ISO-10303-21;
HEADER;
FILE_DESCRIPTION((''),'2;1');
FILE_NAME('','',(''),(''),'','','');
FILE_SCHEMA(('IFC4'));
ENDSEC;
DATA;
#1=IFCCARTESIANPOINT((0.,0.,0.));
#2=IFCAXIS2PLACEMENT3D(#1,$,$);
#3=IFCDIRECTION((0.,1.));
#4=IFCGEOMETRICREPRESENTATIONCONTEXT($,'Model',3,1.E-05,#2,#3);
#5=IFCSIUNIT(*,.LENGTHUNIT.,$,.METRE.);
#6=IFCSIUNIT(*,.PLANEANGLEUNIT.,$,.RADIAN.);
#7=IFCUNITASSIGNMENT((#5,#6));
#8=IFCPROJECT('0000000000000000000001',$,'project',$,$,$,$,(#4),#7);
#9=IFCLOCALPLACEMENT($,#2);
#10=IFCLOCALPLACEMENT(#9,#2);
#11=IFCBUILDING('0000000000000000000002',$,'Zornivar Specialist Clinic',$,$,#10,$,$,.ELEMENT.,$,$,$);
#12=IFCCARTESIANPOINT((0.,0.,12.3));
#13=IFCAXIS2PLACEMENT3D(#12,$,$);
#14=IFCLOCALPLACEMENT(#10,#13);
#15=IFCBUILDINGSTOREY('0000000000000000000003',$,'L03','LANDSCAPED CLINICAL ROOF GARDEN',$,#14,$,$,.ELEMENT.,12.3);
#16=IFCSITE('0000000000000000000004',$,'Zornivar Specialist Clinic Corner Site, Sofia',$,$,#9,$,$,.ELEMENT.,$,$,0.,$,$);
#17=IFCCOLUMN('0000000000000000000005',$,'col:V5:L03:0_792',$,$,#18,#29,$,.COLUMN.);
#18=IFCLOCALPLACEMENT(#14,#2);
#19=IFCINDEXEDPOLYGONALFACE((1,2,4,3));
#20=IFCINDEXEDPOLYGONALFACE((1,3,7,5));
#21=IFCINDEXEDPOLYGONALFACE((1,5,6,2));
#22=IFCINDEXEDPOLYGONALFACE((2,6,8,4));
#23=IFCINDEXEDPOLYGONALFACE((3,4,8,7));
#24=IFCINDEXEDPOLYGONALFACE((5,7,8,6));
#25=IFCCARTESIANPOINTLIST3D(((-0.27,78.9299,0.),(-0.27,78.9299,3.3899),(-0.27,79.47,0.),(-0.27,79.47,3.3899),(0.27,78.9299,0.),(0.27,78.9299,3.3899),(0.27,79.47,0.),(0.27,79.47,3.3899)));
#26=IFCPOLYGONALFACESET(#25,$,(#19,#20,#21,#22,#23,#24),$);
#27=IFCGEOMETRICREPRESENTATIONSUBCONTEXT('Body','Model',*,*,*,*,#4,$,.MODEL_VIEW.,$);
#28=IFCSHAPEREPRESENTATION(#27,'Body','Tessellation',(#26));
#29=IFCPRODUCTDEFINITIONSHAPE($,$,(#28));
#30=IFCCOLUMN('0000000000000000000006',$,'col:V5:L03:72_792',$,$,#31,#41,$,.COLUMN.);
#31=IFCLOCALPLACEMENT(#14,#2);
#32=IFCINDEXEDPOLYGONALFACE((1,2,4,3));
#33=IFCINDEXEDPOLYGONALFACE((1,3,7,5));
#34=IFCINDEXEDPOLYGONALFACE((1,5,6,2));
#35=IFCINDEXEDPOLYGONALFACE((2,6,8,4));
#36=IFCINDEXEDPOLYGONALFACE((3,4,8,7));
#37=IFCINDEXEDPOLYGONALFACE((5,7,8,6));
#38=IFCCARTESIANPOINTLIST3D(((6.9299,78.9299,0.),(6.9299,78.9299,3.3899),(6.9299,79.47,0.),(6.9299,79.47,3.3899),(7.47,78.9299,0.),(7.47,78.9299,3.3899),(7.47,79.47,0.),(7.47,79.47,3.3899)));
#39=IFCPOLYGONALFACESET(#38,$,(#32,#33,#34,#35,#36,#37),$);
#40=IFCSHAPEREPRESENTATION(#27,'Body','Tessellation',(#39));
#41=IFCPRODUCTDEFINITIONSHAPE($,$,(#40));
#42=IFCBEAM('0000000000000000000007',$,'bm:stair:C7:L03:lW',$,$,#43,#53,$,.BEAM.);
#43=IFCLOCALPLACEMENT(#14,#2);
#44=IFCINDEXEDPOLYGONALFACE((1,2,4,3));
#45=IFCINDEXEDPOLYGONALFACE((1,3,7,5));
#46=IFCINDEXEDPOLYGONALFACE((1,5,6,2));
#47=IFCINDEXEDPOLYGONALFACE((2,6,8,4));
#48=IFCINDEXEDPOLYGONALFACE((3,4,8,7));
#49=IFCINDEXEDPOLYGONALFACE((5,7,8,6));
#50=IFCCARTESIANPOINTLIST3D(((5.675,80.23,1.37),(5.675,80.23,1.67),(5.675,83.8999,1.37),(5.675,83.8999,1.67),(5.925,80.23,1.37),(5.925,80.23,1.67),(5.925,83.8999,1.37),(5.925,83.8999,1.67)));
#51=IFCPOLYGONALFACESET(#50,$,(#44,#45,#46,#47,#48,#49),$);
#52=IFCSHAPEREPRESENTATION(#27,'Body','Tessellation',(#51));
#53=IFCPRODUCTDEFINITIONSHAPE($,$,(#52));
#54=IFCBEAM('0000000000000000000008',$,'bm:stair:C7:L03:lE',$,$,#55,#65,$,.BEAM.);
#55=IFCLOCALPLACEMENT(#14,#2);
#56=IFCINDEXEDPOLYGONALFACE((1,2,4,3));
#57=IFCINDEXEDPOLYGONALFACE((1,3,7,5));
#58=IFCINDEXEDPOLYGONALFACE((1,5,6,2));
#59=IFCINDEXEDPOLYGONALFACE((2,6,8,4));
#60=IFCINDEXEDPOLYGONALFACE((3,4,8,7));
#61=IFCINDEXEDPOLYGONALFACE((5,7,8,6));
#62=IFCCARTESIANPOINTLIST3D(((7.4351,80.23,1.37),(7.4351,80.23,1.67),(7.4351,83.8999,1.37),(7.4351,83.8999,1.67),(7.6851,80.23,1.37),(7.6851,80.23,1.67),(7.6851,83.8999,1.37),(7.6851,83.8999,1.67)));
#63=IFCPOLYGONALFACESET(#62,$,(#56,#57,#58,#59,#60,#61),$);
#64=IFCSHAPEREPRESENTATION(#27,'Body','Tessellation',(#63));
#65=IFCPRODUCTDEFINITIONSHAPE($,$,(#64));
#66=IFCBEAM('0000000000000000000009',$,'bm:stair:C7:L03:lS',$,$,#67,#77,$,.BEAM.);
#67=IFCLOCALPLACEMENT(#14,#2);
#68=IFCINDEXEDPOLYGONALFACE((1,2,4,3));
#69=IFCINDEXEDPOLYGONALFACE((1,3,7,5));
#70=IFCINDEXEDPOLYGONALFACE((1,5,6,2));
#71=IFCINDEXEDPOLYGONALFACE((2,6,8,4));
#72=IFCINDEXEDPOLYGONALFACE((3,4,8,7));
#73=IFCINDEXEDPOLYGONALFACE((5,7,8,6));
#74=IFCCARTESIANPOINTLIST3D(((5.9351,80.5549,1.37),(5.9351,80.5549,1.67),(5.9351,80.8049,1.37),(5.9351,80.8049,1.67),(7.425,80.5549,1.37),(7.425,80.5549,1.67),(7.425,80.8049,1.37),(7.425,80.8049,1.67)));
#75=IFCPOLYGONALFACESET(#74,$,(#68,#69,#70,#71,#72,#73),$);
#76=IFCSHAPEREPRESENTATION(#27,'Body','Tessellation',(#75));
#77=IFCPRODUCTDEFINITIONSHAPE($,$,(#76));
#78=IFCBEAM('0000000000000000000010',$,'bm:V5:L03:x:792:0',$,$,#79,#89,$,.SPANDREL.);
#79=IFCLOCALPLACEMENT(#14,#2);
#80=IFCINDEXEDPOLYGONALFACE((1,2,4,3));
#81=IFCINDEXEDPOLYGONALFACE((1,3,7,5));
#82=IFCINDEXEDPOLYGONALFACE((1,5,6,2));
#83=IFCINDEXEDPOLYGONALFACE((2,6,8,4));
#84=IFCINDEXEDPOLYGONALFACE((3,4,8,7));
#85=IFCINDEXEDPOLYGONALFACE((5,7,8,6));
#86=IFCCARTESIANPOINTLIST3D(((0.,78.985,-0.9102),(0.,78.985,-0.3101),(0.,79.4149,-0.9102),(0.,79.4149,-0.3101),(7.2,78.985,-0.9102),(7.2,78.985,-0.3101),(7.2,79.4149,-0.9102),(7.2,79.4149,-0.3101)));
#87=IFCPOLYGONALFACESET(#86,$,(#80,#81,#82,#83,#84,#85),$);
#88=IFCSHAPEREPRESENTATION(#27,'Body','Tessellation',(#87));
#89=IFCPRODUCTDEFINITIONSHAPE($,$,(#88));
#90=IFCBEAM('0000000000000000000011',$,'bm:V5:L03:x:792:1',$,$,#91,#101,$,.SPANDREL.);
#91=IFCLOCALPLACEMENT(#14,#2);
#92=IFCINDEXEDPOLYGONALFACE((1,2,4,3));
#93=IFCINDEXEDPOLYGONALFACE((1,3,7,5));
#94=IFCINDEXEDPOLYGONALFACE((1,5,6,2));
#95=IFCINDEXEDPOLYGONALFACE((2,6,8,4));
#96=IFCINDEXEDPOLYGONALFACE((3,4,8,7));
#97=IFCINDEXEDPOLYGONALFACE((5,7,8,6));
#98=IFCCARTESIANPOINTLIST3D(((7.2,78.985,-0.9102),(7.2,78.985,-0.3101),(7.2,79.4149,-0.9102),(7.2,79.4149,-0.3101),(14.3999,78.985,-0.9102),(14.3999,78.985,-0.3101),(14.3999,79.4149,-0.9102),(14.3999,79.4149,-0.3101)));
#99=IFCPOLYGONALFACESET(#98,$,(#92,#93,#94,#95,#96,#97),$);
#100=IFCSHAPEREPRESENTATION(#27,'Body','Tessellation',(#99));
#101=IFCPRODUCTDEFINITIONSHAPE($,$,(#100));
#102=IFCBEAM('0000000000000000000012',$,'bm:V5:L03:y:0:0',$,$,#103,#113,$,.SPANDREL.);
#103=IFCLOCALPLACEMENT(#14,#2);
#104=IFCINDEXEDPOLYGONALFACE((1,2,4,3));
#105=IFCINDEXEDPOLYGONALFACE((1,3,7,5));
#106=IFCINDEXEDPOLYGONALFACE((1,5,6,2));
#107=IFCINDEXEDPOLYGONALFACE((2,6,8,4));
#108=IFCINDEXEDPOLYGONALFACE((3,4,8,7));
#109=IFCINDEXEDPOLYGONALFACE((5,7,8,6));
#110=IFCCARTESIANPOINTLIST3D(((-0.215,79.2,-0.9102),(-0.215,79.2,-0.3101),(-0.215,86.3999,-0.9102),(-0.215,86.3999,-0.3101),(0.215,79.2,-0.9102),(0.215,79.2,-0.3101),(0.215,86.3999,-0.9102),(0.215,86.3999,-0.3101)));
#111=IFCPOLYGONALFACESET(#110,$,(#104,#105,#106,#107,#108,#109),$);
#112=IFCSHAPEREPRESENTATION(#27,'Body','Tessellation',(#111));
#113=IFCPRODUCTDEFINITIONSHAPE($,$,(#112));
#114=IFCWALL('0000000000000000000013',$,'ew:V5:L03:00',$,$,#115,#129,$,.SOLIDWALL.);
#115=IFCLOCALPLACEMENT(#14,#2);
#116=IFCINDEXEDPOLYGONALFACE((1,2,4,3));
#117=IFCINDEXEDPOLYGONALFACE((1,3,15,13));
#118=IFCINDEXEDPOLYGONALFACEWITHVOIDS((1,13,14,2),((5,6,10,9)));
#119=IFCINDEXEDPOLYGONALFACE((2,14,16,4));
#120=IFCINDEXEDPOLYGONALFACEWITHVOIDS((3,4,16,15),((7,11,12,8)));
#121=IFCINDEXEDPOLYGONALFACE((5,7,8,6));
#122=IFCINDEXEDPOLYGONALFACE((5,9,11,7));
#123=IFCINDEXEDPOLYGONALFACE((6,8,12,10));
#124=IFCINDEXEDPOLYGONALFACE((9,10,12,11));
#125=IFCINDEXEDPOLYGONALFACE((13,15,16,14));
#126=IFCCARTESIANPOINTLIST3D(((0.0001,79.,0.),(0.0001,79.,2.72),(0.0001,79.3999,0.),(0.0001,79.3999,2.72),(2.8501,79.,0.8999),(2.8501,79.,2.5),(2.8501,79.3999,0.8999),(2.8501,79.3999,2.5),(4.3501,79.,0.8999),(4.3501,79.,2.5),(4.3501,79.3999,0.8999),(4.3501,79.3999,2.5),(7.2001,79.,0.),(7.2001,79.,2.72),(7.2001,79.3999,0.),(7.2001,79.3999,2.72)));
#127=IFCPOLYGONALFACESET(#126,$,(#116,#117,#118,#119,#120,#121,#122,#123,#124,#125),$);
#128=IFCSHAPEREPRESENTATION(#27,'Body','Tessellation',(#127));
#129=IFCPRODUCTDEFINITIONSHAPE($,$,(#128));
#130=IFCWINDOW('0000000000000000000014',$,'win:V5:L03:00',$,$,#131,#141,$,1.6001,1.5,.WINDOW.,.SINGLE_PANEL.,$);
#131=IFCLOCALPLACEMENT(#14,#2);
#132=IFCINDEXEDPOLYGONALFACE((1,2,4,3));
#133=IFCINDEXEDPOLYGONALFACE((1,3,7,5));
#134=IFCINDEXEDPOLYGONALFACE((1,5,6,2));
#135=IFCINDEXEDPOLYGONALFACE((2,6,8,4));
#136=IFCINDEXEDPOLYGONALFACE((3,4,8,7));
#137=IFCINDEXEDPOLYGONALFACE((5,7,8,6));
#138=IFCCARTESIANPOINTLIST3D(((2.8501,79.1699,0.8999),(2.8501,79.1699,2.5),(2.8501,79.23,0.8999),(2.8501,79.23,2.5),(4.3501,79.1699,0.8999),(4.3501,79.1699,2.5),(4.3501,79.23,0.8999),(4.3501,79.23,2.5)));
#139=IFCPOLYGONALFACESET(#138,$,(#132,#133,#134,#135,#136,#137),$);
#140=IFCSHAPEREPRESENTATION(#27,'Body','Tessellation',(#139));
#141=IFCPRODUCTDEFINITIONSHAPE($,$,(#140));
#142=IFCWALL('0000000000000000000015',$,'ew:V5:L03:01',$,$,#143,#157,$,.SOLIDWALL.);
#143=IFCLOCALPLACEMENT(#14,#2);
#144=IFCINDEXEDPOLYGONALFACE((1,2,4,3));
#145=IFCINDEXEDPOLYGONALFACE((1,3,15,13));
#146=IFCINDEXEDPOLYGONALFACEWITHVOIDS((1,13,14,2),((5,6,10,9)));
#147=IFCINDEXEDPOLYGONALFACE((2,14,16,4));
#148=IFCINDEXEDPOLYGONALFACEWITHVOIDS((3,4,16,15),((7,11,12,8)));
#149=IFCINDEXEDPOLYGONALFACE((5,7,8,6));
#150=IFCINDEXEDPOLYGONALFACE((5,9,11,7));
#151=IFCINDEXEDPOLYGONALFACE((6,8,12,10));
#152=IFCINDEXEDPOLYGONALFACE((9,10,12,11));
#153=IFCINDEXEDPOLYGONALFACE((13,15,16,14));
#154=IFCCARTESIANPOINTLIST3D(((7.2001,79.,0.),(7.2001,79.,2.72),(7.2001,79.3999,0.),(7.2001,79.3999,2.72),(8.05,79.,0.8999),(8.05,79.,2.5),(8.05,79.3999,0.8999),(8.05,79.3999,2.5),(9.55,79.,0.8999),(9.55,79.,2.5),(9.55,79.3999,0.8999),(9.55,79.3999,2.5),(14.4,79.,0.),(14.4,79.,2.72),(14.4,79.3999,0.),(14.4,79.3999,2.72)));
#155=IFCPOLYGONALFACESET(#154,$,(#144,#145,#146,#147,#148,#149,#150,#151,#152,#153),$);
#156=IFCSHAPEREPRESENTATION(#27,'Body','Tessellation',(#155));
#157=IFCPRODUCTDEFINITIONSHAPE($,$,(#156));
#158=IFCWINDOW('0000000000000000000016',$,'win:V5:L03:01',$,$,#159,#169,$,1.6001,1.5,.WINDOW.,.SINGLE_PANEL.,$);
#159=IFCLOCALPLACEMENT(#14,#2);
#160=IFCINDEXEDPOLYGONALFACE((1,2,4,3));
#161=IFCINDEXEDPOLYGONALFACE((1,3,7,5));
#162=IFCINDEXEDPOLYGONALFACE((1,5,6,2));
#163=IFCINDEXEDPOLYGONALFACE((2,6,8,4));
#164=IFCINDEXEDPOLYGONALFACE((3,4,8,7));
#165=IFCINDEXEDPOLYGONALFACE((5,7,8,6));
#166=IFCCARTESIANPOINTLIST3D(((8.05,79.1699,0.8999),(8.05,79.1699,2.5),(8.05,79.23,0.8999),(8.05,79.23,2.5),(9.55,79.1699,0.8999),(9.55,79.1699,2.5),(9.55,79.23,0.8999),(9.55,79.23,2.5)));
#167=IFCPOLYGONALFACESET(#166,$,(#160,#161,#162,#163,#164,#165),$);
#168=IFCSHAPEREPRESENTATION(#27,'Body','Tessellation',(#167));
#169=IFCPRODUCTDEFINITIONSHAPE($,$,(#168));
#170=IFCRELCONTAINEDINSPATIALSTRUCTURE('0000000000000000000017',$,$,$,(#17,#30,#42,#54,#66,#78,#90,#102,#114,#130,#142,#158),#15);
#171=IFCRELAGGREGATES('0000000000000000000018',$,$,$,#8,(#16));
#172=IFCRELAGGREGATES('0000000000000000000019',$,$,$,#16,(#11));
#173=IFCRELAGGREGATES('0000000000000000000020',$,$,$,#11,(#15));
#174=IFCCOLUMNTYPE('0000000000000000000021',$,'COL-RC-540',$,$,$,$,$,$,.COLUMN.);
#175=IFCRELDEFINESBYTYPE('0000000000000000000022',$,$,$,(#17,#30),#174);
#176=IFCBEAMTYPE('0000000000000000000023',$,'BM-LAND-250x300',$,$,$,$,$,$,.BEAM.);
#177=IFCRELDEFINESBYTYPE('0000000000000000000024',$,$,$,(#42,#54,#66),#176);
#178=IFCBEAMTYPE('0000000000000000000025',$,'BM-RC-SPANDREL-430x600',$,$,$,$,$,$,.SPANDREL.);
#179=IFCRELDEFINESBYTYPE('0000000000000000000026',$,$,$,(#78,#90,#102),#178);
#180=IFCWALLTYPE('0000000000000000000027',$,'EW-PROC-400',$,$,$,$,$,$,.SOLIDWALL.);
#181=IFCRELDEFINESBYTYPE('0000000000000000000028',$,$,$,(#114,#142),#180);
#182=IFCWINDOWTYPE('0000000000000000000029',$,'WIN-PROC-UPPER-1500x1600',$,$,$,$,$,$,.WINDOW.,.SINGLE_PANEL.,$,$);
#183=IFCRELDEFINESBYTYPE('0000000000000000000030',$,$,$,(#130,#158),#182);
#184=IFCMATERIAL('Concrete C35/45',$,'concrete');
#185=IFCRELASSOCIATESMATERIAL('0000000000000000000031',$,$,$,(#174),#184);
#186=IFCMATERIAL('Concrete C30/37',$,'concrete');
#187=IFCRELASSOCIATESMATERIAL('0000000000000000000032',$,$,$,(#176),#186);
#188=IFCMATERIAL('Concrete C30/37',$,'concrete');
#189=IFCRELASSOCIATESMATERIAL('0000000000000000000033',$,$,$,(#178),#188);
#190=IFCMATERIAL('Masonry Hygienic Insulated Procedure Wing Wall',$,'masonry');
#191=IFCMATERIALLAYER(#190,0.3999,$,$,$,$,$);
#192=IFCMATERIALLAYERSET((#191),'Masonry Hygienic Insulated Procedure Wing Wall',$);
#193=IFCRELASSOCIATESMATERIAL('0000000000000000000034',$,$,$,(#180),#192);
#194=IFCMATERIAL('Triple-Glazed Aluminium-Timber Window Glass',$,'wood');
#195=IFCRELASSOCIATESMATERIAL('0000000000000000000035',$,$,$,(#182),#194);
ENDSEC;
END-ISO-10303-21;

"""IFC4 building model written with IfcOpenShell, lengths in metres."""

from ifc_helpers import new_model, si_unit, direction, frame, frame_2d, origin, origin_2d, place, context, subcontext, project, spatial, rectangle, extrude, material, layer, layer_set, material_profile, profile_set, type_object, element, fill, save


model = new_model("IFC4")

# Units and contexts
model_context = context("Model", 3, precision=1e-05, world=origin(), true_north=direction((0.0, 1.0)))
body_context = subcontext(model_context, "Body", "Model", "MODEL_VIEW")
ifc_project = project(units=[si_unit("LENGTHUNIT", "METRE"), si_unit("PLANEANGLEUNIT", "RADIAN")], contexts=[model_context])

# Site, building, storey
site_placement = place(None, origin())
site = spatial("IfcSite", under=ifc_project, at=site_placement, Name="Zornivar Specialist Clinic Corner Site, Sofia", CompositionType="ELEMENT", RefElevation=0.0)
building_placement = place(site_placement, origin())
building = spatial("IfcBuilding", under=site, at=building_placement, Name="Zornivar Specialist Clinic", CompositionType="ELEMENT")
storey_placement = place(building_placement, frame((0.0, 0.0, 12.3)))
storey = spatial("IfcBuildingStorey", under=building, at=storey_placement, Name="L03", Description="LANDSCAPED CLINICAL ROOF GARDEN", CompositionType="ELEMENT", Elevation=12.3)

# Columns
ifc_material_1 = material(Name="Concrete C35/45", Category="concrete")
ifc_material_profile_1 = material_profile(ifc_material_1, rectangle(XDim=0.54, YDim=0.54, at=origin_2d()), Name="RC 540x540")
ifc_profile_set_1 = profile_set([ifc_material_profile_1], Name="Concrete C35/45")
column_type = type_object("IfcColumnType", Name="COL-RC-540", PredefinedType="COLUMN", material=ifc_profile_set_1)
for number, where, z_axis, x_axis, name in (
    (1, (0.0, 79.2, 0.0), (0.0, 0.0, 1.0), (1.0, 0.0, 0.0), "col:V5:L03:0_792"),
    (2, (7.2, 79.2, 0.0), (0.0, 0.0, 1.0), (1.0, 0.0, 0.0), "col:V5:L03:72_792"),
):
    element("IfcColumn", number, at=place(storey_placement, frame(where, z_axis=z_axis, x_axis=x_axis)), inside=storey, type_object=column_type, Name=name, PredefinedType="COLUMN", context=body_context, shape_type="SweptSolid", body=[
        extrude(rectangle(XDim=0.54, YDim=0.54, at=origin_2d()), origin(), (0.0, 0.0, 1.0), 3.3899),
    ])

# Beams
ifc_material_2 = material(Name="Concrete C30/37", Category="concrete")
ifc_material_profile_2 = material_profile(ifc_material_2, rectangle(XDim=0.25, YDim=0.3, at=origin_2d()), Name="RC 250x300")
ifc_profile_set_2 = profile_set([ifc_material_profile_2], Name="Concrete C30/37")
beam_type_1 = type_object("IfcBeamType", Name="BM-LAND-250x300", PredefinedType="BEAM", material=ifc_profile_set_2)
for number, where, z_axis, x_axis, name in (
    (3, (5.8, 80.23, 1.52), (0.0, 1.0, 0.0), (-1.0, 0.0, 0.0), "bm:stair:C7:L03:lW"),
    (4, (7.5601, 80.23, 1.52), (0.0, 1.0, 0.0), (-1.0, 0.0, 0.0), "bm:stair:C7:L03:lE"),
):
    element("IfcBeam", number, at=place(storey_placement, frame(where, z_axis=z_axis, x_axis=x_axis)), inside=storey, type_object=beam_type_1, Name=name, PredefinedType="BEAM", context=body_context, shape_type="SweptSolid", body=[
        extrude(rectangle(XDim=0.25, YDim=0.3, at=origin_2d()), origin(), (0.0, 0.0, 1.0), 3.6699),
    ])
beam_placement = place(storey_placement, frame((5.9351, 80.6799, 1.52), z_axis=(1.0, 0.0, 0.0), x_axis=(0.0, 1.0, 0.0)))
element("IfcBeam", 5, at=beam_placement, inside=storey, type_object=beam_type_1, Name="bm:stair:C7:L03:lS", PredefinedType="BEAM", context=body_context, shape_type="SweptSolid", body=[
    extrude(rectangle(XDim=0.25, YDim=0.3, at=origin_2d()), origin(), (0.0, 0.0, 1.0), 1.49),
])
ifc_material_3 = material(Name="Concrete C30/37", Category="concrete")
ifc_material_profile_3 = material_profile(ifc_material_3, rectangle(XDim=0.4299, YDim=0.6001, at=origin_2d()), Name="RC 430x600")
ifc_profile_set_3 = profile_set([ifc_material_profile_3], Name="Concrete C30/37")
beam_type_2 = type_object("IfcBeamType", Name="BM-RC-SPANDREL-430x600", PredefinedType="SPANDREL", material=ifc_profile_set_3)
for number, where, z_axis, x_axis, name in (
    (6, (0.0, 79.2, -0.6101), (1.0, 0.0, 0.0), (0.0, 1.0, 0.0), "bm:V5:L03:x:792:0"),
    (7, (7.2, 79.2, -0.6101), (1.0, 0.0, 0.0), (0.0, 1.0, 0.0), "bm:V5:L03:x:792:1"),
    (8, (0.0, 79.2, -0.6101), (0.0, 1.0, 0.0), (-1.0, 0.0, 0.0), "bm:V5:L03:y:0:0"),
):
    element("IfcBeam", number, at=place(storey_placement, frame(where, z_axis=z_axis, x_axis=x_axis)), inside=storey, type_object=beam_type_2, Name=name, PredefinedType="SPANDREL", context=body_context, shape_type="SweptSolid", body=[
        extrude(rectangle(XDim=0.4299, YDim=0.6001, at=origin_2d()), origin(), (0.0, 0.0, 1.0), 7.2),
    ])

# Walls, openings, windows
ifc_material_4 = material(Name="Masonry Hygienic Insulated Procedure Wing Wall", Category="masonry")
ifc_layer_1 = layer(ifc_material_4, 0.3999)
ifc_layer_set_1 = layer_set([ifc_layer_1], Name="Masonry Hygienic Insulated Procedure Wing Wall")
wall_type_1 = type_object("IfcWallType", Name="EW-PROC-400", PredefinedType="SOLIDWALL", material=ifc_layer_set_1)
wall_1_placement = place(storey_placement, frame((0.0, 79.2, 0.0), z_axis=(0.0, 0.0, 1.0), x_axis=(1.0, 0.0, 0.0)))
wall_1 = element("IfcWall", 9, at=wall_1_placement, inside=storey, type_object=wall_type_1, Name="ew:V5:L03:00", PredefinedType="SOLIDWALL", context=body_context, shape_type="SweptSolid", body=[
    extrude(rectangle(XDim=7.2, YDim=0.3999, at=frame_2d((3.6001, 0.0))), origin(), (0.0, 0.0, 1.0), 2.72),
])
opening_1_placement = place(wall_1_placement, frame((2.8501, 0.0, 0.8999)))
opening_1 = element("IfcOpeningElement", 10, at=opening_1_placement, cuts=wall_1, PredefinedType="OPENING", context=body_context, shape_type="SweptSolid", body=[
    extrude(rectangle(XDim=1.5, YDim=1.6001, at=frame_2d((0.75, 0.8))), frame((0.0, 0.21, 0.0), z_axis=(0.0, -1.0, 0.0), x_axis=(1.0, 0.0, 0.0)), (0.0, 0.0, 1.0), 0.4199),
])
ifc_material_5 = material(Name="Triple-Glazed Aluminium-Timber Window Glass", Category="wood")
window_type = type_object("IfcWindowType", Name="WIN-PROC-UPPER-1500x1600", PartitioningType="SINGLE_PANEL", PredefinedType="WINDOW", material=ifc_material_5)
window_1_placement = place(opening_1_placement, origin())
window_1 = element("IfcWindow", 11, at=window_1_placement, inside=storey, type_object=window_type, Name="win:V5:L03:00", OverallHeight=1.6001, OverallWidth=1.5, PartitioningType="SINGLE_PANEL", PredefinedType="WINDOW", context=body_context, shape_type="SweptSolid", body=[
    extrude(rectangle(XDim=1.5, YDim=1.6001, at=frame_2d((0.75, 0.8))), frame((0.0, 0.03, 0.0), z_axis=(0.0, -1.0, 0.0), x_axis=(1.0, 0.0, 0.0)), (0.0, 0.0, 1.0), 0.0601),
])
fill(opening_1, window_1)
wall_2_placement = place(storey_placement, frame((7.2, 79.2, 0.0), z_axis=(0.0, 0.0, 1.0), x_axis=(1.0, 0.0, 0.0)))
wall_2 = element("IfcWall", 12, at=wall_2_placement, inside=storey, type_object=wall_type_1, Name="ew:V5:L03:01", PredefinedType="SOLIDWALL", context=body_context, shape_type="SweptSolid", body=[
    extrude(rectangle(XDim=7.2, YDim=0.3999, at=frame_2d((3.6001, 0.0))), origin(), (0.0, 0.0, 1.0), 2.72),
])
opening_2_placement = place(wall_2_placement, frame((0.8501, 0.0, 0.8999)))
opening_2 = element("IfcOpeningElement", 13, at=opening_2_placement, cuts=wall_2, PredefinedType="OPENING", context=body_context, shape_type="SweptSolid", body=[
    extrude(rectangle(XDim=1.5, YDim=1.6001, at=frame_2d((0.75, 0.8))), frame((0.0, 0.21, 0.0), z_axis=(0.0, -1.0, 0.0), x_axis=(1.0, 0.0, 0.0)), (0.0, 0.0, 1.0), 0.4199),
])
window_2_placement = place(opening_2_placement, origin())
window_2 = element("IfcWindow", 14, at=window_2_placement, inside=storey, type_object=window_type, Name="win:V5:L03:01", OverallHeight=1.6001, OverallWidth=1.5, PartitioningType="SINGLE_PANEL", PredefinedType="WINDOW", context=body_context, shape_type="SweptSolid", body=[
    extrude(rectangle(XDim=1.5, YDim=1.6001, at=frame_2d((0.75, 0.8))), frame((0.0, 0.03, 0.0), z_axis=(0.0, -1.0, 0.0), x_axis=(1.0, 0.0, 0.0)), (0.0, 0.0, 1.0), 0.0601),
])
fill(opening_2, window_2)

save(model, "model.ifc")
